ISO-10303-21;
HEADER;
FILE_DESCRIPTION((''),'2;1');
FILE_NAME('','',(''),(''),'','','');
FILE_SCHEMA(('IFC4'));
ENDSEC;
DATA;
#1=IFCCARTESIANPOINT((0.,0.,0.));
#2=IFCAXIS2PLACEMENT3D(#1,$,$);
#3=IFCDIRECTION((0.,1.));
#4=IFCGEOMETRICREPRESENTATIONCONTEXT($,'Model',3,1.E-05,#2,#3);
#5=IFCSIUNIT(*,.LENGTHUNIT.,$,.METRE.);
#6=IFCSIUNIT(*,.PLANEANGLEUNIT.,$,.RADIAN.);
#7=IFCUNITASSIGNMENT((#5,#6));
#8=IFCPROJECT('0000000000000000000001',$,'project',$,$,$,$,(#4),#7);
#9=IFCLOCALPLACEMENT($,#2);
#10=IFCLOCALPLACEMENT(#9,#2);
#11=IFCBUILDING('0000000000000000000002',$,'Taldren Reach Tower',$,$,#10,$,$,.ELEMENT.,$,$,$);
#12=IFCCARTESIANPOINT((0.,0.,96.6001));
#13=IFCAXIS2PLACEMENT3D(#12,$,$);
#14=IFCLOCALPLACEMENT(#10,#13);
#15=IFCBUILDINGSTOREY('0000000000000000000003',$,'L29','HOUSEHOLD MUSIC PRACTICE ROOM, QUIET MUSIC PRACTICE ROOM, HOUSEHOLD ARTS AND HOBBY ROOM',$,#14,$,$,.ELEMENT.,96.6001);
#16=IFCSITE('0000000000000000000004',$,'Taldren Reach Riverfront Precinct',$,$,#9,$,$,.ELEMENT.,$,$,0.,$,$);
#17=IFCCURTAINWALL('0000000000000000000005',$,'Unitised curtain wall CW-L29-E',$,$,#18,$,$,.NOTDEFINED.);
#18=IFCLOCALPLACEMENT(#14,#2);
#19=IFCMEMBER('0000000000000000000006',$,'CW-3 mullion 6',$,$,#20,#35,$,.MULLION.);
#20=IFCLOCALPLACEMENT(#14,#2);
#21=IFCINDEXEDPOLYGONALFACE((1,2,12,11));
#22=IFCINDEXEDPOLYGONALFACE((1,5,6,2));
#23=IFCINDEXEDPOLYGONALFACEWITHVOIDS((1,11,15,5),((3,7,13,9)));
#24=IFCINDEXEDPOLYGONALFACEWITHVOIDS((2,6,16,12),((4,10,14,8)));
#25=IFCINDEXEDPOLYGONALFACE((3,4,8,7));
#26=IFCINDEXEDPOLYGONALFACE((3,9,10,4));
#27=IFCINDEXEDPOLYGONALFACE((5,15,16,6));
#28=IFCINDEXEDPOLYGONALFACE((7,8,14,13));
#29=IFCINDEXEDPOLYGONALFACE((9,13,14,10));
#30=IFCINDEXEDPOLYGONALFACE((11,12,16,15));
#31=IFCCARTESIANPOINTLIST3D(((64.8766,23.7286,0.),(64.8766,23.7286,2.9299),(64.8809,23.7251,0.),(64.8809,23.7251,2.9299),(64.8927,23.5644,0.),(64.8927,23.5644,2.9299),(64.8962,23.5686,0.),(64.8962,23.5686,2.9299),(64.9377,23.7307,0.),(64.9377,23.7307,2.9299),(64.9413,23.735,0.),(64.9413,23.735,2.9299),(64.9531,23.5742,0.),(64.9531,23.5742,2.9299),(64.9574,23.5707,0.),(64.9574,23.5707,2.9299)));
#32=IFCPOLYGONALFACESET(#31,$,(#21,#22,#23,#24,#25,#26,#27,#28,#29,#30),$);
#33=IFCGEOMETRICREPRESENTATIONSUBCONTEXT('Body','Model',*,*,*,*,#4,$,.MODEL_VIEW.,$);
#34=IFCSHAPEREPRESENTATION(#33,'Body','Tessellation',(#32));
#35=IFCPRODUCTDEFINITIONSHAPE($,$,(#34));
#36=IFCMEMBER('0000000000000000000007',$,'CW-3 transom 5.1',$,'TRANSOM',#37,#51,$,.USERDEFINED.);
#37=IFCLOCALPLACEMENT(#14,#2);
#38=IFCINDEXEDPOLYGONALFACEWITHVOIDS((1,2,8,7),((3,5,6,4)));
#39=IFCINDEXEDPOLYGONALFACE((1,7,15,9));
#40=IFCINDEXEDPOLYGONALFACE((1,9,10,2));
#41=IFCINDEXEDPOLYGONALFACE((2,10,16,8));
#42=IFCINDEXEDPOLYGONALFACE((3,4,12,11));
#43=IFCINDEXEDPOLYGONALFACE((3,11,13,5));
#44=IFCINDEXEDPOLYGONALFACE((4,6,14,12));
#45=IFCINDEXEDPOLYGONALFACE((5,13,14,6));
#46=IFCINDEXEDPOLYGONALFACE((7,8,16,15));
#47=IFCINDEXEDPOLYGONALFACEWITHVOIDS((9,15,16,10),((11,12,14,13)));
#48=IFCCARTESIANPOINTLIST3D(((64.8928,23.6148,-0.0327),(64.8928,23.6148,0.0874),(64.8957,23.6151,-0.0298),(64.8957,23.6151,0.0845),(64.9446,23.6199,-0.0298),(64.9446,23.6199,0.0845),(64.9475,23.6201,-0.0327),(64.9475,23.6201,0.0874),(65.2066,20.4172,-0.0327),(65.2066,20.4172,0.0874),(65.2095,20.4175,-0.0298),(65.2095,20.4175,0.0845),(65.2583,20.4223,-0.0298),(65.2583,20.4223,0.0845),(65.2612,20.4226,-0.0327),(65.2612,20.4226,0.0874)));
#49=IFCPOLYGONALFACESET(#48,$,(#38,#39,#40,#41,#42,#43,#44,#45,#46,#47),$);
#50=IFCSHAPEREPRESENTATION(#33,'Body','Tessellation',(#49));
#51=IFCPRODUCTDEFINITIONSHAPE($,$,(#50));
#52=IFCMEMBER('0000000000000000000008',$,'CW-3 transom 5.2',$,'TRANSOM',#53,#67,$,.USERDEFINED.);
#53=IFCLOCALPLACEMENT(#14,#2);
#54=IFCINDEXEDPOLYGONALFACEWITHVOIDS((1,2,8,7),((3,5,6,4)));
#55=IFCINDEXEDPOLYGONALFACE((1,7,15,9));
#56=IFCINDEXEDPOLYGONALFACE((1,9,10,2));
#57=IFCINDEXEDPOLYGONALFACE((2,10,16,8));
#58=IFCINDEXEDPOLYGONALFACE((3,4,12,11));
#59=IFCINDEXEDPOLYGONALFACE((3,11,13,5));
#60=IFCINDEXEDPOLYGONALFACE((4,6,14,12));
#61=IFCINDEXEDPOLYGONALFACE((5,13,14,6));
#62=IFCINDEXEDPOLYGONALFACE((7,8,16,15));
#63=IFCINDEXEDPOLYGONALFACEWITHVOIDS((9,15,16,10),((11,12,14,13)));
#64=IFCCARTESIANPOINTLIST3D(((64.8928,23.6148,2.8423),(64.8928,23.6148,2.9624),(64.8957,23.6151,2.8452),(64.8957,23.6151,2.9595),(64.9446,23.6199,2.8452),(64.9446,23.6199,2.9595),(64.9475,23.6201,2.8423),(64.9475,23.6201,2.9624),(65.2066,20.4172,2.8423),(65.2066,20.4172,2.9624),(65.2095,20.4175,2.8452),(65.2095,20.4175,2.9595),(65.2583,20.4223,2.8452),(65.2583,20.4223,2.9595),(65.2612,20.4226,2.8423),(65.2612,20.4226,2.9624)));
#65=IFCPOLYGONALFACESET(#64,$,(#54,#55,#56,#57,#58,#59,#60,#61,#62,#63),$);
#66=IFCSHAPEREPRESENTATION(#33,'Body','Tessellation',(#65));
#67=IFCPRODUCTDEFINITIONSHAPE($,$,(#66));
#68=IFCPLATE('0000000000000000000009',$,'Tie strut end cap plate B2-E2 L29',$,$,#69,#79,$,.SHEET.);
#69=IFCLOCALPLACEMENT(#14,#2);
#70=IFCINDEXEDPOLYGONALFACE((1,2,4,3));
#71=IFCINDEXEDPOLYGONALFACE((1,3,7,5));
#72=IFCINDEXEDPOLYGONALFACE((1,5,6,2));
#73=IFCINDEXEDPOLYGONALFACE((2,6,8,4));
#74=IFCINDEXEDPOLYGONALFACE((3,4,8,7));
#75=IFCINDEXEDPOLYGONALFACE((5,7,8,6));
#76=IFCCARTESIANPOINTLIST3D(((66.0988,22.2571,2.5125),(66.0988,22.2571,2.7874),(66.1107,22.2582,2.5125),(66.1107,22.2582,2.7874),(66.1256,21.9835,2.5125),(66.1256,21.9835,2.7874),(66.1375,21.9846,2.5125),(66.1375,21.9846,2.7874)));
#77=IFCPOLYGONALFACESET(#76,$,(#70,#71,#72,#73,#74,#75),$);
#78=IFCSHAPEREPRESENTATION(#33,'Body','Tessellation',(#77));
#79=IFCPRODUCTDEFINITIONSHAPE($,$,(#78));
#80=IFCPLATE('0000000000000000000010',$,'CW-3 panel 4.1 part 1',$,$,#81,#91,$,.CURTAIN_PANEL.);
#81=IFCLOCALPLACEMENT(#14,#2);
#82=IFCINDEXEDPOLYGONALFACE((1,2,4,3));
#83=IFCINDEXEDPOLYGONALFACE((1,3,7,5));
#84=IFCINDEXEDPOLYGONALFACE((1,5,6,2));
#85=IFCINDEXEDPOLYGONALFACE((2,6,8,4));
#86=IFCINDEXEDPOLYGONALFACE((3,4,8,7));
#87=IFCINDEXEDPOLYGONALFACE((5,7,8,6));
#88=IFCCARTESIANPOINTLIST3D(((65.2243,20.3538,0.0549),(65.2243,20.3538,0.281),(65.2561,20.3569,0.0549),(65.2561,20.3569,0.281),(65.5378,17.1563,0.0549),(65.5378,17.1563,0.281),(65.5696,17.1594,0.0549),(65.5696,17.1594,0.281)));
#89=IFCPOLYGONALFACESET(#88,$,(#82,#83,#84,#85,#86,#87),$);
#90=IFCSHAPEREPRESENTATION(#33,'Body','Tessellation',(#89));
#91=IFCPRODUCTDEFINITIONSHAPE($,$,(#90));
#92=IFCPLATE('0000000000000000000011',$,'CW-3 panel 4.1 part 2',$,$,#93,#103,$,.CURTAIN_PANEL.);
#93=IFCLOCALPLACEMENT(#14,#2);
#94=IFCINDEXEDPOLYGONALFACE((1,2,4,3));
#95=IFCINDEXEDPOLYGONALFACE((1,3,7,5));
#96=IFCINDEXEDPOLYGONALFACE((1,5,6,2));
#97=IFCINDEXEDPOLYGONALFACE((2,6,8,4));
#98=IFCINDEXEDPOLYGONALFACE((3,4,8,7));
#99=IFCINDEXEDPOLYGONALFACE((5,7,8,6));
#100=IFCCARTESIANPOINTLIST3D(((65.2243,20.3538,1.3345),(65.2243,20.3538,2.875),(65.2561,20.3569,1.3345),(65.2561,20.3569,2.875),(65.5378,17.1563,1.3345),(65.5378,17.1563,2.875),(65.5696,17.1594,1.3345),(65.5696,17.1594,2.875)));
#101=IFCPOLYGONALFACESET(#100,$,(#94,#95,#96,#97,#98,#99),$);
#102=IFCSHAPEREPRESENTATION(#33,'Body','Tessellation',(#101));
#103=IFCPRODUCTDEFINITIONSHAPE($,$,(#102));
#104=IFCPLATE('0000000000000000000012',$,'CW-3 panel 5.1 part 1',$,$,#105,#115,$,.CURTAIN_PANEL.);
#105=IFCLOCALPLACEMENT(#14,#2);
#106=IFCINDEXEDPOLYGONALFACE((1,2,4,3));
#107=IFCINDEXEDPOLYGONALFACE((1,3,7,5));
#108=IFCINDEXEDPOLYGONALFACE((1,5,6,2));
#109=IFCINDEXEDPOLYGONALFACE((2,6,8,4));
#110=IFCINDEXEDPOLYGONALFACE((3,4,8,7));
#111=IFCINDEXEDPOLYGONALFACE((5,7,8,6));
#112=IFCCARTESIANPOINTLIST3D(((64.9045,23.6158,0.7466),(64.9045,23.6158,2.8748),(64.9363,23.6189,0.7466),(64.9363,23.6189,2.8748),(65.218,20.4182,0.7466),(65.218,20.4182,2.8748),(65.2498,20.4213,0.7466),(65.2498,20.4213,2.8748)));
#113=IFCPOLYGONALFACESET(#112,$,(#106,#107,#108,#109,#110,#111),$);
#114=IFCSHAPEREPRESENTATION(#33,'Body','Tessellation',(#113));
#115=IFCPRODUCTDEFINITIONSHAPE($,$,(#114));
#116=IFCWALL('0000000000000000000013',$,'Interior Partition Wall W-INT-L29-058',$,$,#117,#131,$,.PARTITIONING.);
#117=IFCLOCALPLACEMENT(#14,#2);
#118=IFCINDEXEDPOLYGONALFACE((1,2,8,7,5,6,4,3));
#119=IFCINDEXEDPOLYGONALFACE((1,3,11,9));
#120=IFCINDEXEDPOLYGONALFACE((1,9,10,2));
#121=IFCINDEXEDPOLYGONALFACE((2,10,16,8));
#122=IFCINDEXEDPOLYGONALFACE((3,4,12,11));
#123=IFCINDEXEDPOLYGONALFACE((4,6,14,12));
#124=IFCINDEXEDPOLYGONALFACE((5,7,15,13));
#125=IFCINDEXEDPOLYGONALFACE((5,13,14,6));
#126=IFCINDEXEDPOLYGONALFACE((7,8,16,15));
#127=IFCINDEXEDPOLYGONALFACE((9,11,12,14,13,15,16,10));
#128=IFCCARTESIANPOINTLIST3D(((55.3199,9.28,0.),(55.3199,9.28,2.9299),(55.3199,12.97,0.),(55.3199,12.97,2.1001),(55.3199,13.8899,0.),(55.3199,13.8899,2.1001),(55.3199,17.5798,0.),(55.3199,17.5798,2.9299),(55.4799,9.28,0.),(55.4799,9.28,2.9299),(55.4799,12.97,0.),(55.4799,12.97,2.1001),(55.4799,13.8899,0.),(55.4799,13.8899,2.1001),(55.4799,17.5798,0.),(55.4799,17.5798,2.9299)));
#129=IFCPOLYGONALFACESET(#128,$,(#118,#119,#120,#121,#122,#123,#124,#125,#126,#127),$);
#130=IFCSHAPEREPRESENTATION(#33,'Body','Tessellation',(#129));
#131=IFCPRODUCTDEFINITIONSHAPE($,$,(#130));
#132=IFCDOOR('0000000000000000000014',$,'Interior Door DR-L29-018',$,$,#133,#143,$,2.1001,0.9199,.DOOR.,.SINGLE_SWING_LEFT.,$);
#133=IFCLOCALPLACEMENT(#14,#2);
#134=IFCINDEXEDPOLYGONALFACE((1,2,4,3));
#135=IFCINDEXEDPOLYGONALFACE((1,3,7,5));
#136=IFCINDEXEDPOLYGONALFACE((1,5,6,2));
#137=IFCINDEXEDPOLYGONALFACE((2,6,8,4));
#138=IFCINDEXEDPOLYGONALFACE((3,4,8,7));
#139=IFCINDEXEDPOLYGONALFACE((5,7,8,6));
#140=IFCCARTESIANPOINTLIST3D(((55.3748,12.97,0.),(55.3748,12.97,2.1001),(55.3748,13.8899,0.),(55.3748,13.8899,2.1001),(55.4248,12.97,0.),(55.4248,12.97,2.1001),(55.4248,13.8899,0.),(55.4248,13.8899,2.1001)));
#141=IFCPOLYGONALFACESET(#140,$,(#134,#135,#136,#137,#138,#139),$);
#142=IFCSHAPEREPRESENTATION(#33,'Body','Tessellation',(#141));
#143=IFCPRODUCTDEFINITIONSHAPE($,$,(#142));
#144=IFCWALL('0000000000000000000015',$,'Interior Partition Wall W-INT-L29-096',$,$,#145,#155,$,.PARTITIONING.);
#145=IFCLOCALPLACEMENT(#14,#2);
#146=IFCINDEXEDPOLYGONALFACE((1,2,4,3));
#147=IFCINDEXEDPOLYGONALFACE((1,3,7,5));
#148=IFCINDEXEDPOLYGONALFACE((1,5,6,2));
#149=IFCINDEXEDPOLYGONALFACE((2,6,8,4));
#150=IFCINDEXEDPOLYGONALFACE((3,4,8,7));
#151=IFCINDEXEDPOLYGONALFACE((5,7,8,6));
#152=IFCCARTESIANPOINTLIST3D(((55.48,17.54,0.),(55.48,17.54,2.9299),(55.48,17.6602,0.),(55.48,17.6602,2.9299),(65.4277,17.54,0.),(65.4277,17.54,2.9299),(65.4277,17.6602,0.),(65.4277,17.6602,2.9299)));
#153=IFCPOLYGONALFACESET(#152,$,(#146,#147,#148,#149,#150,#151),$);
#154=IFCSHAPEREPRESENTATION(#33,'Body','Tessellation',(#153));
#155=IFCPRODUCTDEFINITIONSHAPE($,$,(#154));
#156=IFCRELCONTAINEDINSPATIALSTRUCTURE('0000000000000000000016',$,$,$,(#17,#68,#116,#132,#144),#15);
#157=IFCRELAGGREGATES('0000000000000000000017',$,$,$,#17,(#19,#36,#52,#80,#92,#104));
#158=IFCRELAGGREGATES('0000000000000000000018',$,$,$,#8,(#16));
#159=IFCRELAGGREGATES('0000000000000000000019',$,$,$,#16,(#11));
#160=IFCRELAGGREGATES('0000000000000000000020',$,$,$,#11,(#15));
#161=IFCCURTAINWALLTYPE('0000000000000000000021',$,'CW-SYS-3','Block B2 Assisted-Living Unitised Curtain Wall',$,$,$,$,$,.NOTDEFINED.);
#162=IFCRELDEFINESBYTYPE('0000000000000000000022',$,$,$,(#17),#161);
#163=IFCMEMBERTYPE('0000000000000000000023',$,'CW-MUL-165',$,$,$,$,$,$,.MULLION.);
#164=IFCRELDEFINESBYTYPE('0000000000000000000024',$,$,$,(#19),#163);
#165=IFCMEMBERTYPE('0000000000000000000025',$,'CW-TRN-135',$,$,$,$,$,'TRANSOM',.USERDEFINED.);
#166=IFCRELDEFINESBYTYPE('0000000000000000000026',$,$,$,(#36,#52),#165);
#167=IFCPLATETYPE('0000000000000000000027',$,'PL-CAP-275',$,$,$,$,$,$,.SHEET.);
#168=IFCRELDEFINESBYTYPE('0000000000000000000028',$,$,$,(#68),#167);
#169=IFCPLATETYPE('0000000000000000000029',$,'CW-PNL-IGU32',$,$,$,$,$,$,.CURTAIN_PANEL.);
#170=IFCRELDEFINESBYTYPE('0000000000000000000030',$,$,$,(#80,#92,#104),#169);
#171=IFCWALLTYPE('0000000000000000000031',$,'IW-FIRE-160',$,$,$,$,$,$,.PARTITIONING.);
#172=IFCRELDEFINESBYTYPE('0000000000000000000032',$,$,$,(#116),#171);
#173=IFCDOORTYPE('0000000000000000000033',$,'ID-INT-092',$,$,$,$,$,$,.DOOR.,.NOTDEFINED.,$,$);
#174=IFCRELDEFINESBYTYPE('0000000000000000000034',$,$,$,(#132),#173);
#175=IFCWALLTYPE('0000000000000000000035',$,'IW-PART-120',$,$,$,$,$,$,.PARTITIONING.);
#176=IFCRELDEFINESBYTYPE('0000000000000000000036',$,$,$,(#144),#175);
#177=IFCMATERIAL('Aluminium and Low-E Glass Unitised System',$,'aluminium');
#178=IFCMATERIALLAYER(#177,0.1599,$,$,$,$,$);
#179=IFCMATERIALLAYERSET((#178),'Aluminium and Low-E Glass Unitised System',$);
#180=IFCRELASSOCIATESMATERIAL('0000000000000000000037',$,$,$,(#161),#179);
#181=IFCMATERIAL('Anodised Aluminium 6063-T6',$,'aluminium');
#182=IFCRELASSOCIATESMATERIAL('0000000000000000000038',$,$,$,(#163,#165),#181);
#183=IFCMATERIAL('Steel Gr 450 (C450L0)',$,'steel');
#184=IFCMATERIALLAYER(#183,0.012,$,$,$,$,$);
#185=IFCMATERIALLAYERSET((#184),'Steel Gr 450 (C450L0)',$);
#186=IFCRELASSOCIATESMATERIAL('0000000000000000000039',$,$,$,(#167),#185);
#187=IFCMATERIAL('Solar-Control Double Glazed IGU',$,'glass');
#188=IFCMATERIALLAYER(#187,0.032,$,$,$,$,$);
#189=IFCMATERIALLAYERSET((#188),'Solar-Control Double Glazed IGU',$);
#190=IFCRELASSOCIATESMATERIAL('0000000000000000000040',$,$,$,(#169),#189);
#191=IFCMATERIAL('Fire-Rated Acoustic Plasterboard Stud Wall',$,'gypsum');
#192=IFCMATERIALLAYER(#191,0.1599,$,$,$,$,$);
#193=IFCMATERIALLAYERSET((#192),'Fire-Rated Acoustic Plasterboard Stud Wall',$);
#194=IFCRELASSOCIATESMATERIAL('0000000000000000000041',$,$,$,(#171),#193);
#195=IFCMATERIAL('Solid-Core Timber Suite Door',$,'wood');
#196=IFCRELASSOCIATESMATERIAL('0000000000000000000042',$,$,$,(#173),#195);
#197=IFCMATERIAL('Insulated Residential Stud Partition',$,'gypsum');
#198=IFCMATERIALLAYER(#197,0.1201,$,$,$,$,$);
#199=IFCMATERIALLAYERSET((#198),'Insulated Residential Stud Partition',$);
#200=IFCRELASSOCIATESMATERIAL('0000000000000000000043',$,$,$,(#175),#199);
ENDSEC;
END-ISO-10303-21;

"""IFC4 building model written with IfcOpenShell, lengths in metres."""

from ifc_helpers import new_model, si_unit, direction, frame, frame_2d, origin, origin_2d, place, context, subcontext, project, spatial, rectangle, hollow_rectangle, extrude, source, transform, mapped, material, layer, layer_set, material_profile, profile_set, type_object, element, fill, aggregate, save


model = new_model("IFC4")

# Units and contexts
model_context = context("Model", 3, precision=1e-05, world=origin(), true_north=direction((0.0, 1.0)))
body_context = subcontext(model_context, "Body", "Model", "MODEL_VIEW")
ifc_project = project(units=[si_unit("LENGTHUNIT", "METRE"), si_unit("PLANEANGLEUNIT", "RADIAN")], contexts=[model_context])

# Site, building, storey
site_placement = place(None, origin())
site = spatial("IfcSite", under=ifc_project, at=site_placement, Name="Taldren Reach Riverfront Precinct", CompositionType="ELEMENT", RefElevation=0.0)
building_placement = place(site_placement, origin())
building = spatial("IfcBuilding", under=site, at=building_placement, Name="Taldren Reach Tower", CompositionType="ELEMENT")
storey_placement = place(building_placement, frame((0.0, 0.0, 96.6001)))
storey = spatial("IfcBuildingStorey", under=building, at=storey_placement, Name="L29", Description="HOUSEHOLD MUSIC PRACTICE ROOM, QUIET MUSIC PRACTICE ROOM, HOUSEHOLD ARTS AND HOBBY ROOM", CompositionType="ELEMENT", Elevation=96.6001)

# Shared definitions
ifc_material_1 = material(Name="Steel Gr 450 (C450L0)", Category="steel")

# Curtain wall, members
ifc_material_2 = material(Name="Aluminium and Low-E Glass Unitised System", Category="aluminium")
ifc_layer_1 = layer(ifc_material_2, 0.1599)
ifc_layer_set_1 = layer_set([ifc_layer_1], Name="Aluminium and Low-E Glass Unitised System")
curtain_wall_type = type_object("IfcCurtainWallType", Name="CW-SYS-3", Description="Block B2 Assisted-Living Unitised Curtain Wall", PredefinedType="NOTDEFINED", material=ifc_layer_set_1)
curtain_wall_placement = place(storey_placement, origin())
curtain_wall = element("IfcCurtainWall", 1, at=curtain_wall_placement, inside=storey, type_object=curtain_wall_type, Name="Unitised curtain wall CW-L29-E", PredefinedType="NOTDEFINED")
ifc_material_3 = material(Name="Anodised Aluminium 6063-T6", Category="aluminium")
ifc_material_profile_1 = material_profile(ifc_material_3, hollow_rectangle(XDim=0.0649, YDim=0.165, WallThickness=0.0039, at=origin_2d()), Name="ALU-165x65x4RHS")
ifc_profile_set_1 = profile_set([ifc_material_profile_1], Name="Anodised Aluminium 6063-T6")
member_type_1 = type_object("IfcMemberType", Name="CW-MUL-165", PredefinedType="MULLION", material=ifc_profile_set_1)
shared_shape_1 = source(origin(), body_context, "Body", "SweptSolid", [
    extrude(hollow_rectangle(XDim=0.0649, YDim=0.165, WallThickness=0.0039, at=origin_2d()), origin(), (0.0, 0.0, 1.0), 2.9299),
])
member_1_placement = place(storey_placement, frame((64.917, 23.6497, 0.0), z_axis=(0.0, 0.0, 1.0), x_axis=(-0.995227, -0.097583, 0.0)))
member_1 = element("IfcMember", 2, at=member_1_placement, type_object=member_type_1, Name="CW-3 mullion 6", PredefinedType="MULLION", context=body_context, shape_type="MappedRepresentation", body=[
    mapped(shared_shape_1, transform((0.0, 0.0, 0.0), scale=1.0)),
])
ifc_material_profile_2 = material_profile(ifc_material_3, hollow_rectangle(XDim=0.0549, YDim=0.1201, WallThickness=0.0029, at=origin_2d()), Name="ALU-120x55x3RHS")
ifc_profile_set_2 = profile_set([ifc_material_profile_2], Name="Anodised Aluminium 6063-T6")
member_type_2 = type_object("IfcMemberType", Name="CW-TRN-135", ElementType="TRANSOM", PredefinedType="USERDEFINED", material=ifc_profile_set_2)
shared_shape_2 = source(origin(), body_context, "Body", "SweptSolid", [
    extrude(hollow_rectangle(XDim=0.0549, YDim=0.1201, WallThickness=0.0029, at=origin_2d()), origin(), (0.0, 0.0, 1.0), 3.2129),
])
member_2_placement = place(storey_placement, frame((65.2339, 20.4199, 0.0273), z_axis=(-0.097645, 0.995221, 0.0), x_axis=(-0.995221, -0.097645, 0.0)))
member_2 = element("IfcMember", 3, at=member_2_placement, type_object=member_type_2, Name="CW-3 transom 5.1", ObjectType="TRANSOM", PredefinedType="USERDEFINED", context=body_context, shape_type="MappedRepresentation", body=[
    mapped(shared_shape_2, transform((0.0, 0.0, 0.0), scale=1.0)),
])
member_3_placement = place(storey_placement, frame((65.2339, 20.4199, 2.9023), z_axis=(-0.097645, 0.995221, 0.0), x_axis=(-0.995221, -0.097645, 0.0)))
member_3 = element("IfcMember", 4, at=member_3_placement, type_object=member_type_2, Name="CW-3 transom 5.2", ObjectType="TRANSOM", PredefinedType="USERDEFINED", context=body_context, shape_type="MappedRepresentation", body=[
    mapped(shared_shape_2, transform((0.0, 0.0, 0.0), scale=1.0)),
])

# Plates
ifc_layer_2 = layer(ifc_material_1, 0.012)
ifc_layer_set_2 = layer_set([ifc_layer_2], Name="Steel Gr 450 (C450L0)")
plate_type_1 = type_object("IfcPlateType", Name="PL-CAP-275", PredefinedType="SHEET", material=ifc_layer_set_2)
shared_shape_3 = source(origin(), body_context, "Body", "SweptSolid", [
    extrude(rectangle(XDim=0.012, YDim=0.2749, at=origin_2d()), origin(), (0.0, 0.0, 1.0), 0.2749),
])
plate_1_placement = place(storey_placement, frame((66.1182, 22.1208, 2.5125), z_axis=(0.0, 0.0, 1.0), x_axis=(0.995227, 0.097583, 0.0)))
element("IfcPlate", 5, at=plate_1_placement, inside=storey, type_object=plate_type_1, Name="Tie strut end cap plate B2-E2 L29", PredefinedType="SHEET", context=body_context, shape_type="MappedRepresentation", body=[
    mapped(shared_shape_3, transform((0.0, 0.0, 0.0), scale=1.0)),
])
ifc_material_4 = material(Name="Solar-Control Double Glazed IGU", Category="glass")
ifc_layer_3 = layer(ifc_material_4, 0.032)
ifc_layer_set_3 = layer_set([ifc_layer_3], Name="Solar-Control Double Glazed IGU")
plate_type_2 = type_object("IfcPlateType", Name="CW-PNL-IGU32", PredefinedType="CURTAIN_PANEL", material=ifc_layer_set_3)
shared_shape_4 = source(origin(), body_context, "Body", "SweptSolid", [
    extrude(rectangle(XDim=3.2129, YDim=0.032, at=origin_2d()), origin(), (0.0, 0.0, 1.0), 0.2261),
])
plate_2_placement = place(storey_placement, frame((65.397, 18.7566, 0.0549), z_axis=(0.0, 0.0, 1.0), x_axis=(-0.097583, 0.995227, 0.0)))
plate_2 = element("IfcPlate", 6, at=plate_2_placement, type_object=plate_type_2, Name="CW-3 panel 4.1 part 1", PredefinedType="CURTAIN_PANEL", context=body_context, shape_type="MappedRepresentation", body=[
    mapped(shared_shape_4, transform((0.0, 0.0, 0.0), scale=1.0)),
])
shared_shape_5 = source(origin(), body_context, "Body", "SweptSolid", [
    extrude(rectangle(XDim=3.2129, YDim=0.032, at=origin_2d()), origin(), (0.0, 0.0, 1.0), 1.5405),
])
plate_3_placement = place(storey_placement, frame((65.397, 18.7566, 1.3345), z_axis=(0.0, 0.0, 1.0), x_axis=(-0.097583, 0.995227, 0.0)))
plate_3 = element("IfcPlate", 7, at=plate_3_placement, type_object=plate_type_2, Name="CW-3 panel 4.1 part 2", PredefinedType="CURTAIN_PANEL", context=body_context, shape_type="MappedRepresentation", body=[
    mapped(shared_shape_5, transform((0.0, 0.0, 0.0), scale=1.0)),
])
shared_shape_6 = source(origin(), body_context, "Body", "SweptSolid", [
    extrude(rectangle(XDim=3.2129, YDim=0.032, at=origin_2d()), origin(), (0.0, 0.0, 1.0), 2.1282),
])
plate_4_placement = place(storey_placement, frame((65.0771, 22.0186, 0.7466), z_axis=(0.0, 0.0, 1.0), x_axis=(-0.097583, 0.995227, 0.0)))
plate_4 = element("IfcPlate", 8, at=plate_4_placement, type_object=plate_type_2, Name="CW-3 panel 5.1 part 1", PredefinedType="CURTAIN_PANEL", context=body_context, shape_type="MappedRepresentation", body=[
    mapped(shared_shape_6, transform((0.0, 0.0, 0.0), scale=1.0)),
])
aggregate(curtain_wall, [member_1, member_2, member_3, plate_2, plate_3, plate_4])

# Wall, opening, door
ifc_material_5 = material(Name="Fire-Rated Acoustic Plasterboard Stud Wall", Category="gypsum")
ifc_layer_4 = layer(ifc_material_5, 0.1599)
ifc_layer_set_4 = layer_set([ifc_layer_4], Name="Fire-Rated Acoustic Plasterboard Stud Wall")
wall_type_1 = type_object("IfcWallType", Name="IW-FIRE-160", PredefinedType="PARTITIONING", material=ifc_layer_set_4)
shared_shape_7 = source(origin(), body_context, "Body", "SweptSolid", [
    extrude(rectangle(XDim=8.2998, YDim=0.1599, at=frame_2d((4.1499, 0.0))), origin(), (0.0, 0.0, 1.0), 2.9299),
])
wall_1_placement = place(storey_placement, frame((55.3999, 17.5798, 0.0), z_axis=(0.0, 0.0, 1.0), x_axis=(0.0, -1.0, 0.0)))
wall_1 = element("IfcWall", 9, at=wall_1_placement, inside=storey, type_object=wall_type_1, Name="Interior Partition Wall W-INT-L29-058", PredefinedType="PARTITIONING", context=body_context, shape_type="MappedRepresentation", body=[
    mapped(shared_shape_7, transform((0.0, 0.0, 0.0), scale=1.0)),
])
shared_shape_8 = source(origin(), body_context, "Body", "SweptSolid", [
    extrude(rectangle(XDim=0.9199, YDim=2.1001, at=frame_2d((0.46, 1.05))), frame((0.0, 0.0898, 0.0), z_axis=(0.0, -1.0, 0.0), x_axis=(1.0, 0.0, 0.0)), (0.0, 0.0, 1.0), 0.1799),
])
opening_placement = place(wall_1_placement, frame((3.6899, 0.0, 0.0)))
opening = element("IfcOpeningElement", 10, at=opening_placement, cuts=wall_1, PredefinedType="OPENING", context=body_context, shape_type="MappedRepresentation", body=[
    mapped(shared_shape_8, transform((0.0, 0.0, 0.0), scale=1.0)),
])
ifc_material_6 = material(Name="Solid-Core Timber Suite Door", Category="wood")
door_type = type_object("IfcDoorType", Name="ID-INT-092", OperationType="NOTDEFINED", PredefinedType="DOOR", material=ifc_material_6)
shared_shape_9 = source(origin(), body_context, "Body", "SweptSolid", [
    extrude(rectangle(XDim=0.9199, YDim=2.1001, at=frame_2d((0.46, 1.05))), frame((0.0, 0.0249, 0.0), z_axis=(0.0, -1.0, 0.0), x_axis=(1.0, 0.0, 0.0)), (0.0, 0.0, 1.0), 0.05),
])
door_placement = place(opening_placement, origin())
door = element("IfcDoor", 11, at=door_placement, inside=storey, type_object=door_type, Name="Interior Door DR-L29-018", OperationType="SINGLE_SWING_LEFT", OverallHeight=2.1001, OverallWidth=0.9199, PredefinedType="DOOR", context=body_context, shape_type="MappedRepresentation", body=[
    mapped(shared_shape_9, transform((0.0, 0.0, 0.0), scale=1.0)),
])
fill(opening, door)

# Wall
ifc_material_7 = material(Name="Insulated Residential Stud Partition", Category="gypsum")
ifc_layer_5 = layer(ifc_material_7, 0.1201)
ifc_layer_set_5 = layer_set([ifc_layer_5], Name="Insulated Residential Stud Partition")
wall_type_2 = type_object("IfcWallType", Name="IW-PART-120", PredefinedType="PARTITIONING", material=ifc_layer_set_5)
shared_shape_10 = source(origin(), body_context, "Body", "SweptSolid", [
    extrude(rectangle(XDim=9.9478, YDim=0.1201, at=frame_2d((4.9739, 0.0))), origin(), (0.0, 0.0, 1.0), 2.9299),
])
wall_2_placement = place(storey_placement, frame((55.48, 17.6001, 0.0), z_axis=(0.0, 0.0, 1.0), x_axis=(1.0, 0.0, 0.0)))
element("IfcWall", 12, at=wall_2_placement, inside=storey, type_object=wall_type_2, Name="Interior Partition Wall W-INT-L29-096", PredefinedType="PARTITIONING", context=body_context, shape_type="MappedRepresentation", body=[
    mapped(shared_shape_10, transform((0.0, 0.0, 0.0), scale=1.0)),
])

save(model, "model.ifc")
